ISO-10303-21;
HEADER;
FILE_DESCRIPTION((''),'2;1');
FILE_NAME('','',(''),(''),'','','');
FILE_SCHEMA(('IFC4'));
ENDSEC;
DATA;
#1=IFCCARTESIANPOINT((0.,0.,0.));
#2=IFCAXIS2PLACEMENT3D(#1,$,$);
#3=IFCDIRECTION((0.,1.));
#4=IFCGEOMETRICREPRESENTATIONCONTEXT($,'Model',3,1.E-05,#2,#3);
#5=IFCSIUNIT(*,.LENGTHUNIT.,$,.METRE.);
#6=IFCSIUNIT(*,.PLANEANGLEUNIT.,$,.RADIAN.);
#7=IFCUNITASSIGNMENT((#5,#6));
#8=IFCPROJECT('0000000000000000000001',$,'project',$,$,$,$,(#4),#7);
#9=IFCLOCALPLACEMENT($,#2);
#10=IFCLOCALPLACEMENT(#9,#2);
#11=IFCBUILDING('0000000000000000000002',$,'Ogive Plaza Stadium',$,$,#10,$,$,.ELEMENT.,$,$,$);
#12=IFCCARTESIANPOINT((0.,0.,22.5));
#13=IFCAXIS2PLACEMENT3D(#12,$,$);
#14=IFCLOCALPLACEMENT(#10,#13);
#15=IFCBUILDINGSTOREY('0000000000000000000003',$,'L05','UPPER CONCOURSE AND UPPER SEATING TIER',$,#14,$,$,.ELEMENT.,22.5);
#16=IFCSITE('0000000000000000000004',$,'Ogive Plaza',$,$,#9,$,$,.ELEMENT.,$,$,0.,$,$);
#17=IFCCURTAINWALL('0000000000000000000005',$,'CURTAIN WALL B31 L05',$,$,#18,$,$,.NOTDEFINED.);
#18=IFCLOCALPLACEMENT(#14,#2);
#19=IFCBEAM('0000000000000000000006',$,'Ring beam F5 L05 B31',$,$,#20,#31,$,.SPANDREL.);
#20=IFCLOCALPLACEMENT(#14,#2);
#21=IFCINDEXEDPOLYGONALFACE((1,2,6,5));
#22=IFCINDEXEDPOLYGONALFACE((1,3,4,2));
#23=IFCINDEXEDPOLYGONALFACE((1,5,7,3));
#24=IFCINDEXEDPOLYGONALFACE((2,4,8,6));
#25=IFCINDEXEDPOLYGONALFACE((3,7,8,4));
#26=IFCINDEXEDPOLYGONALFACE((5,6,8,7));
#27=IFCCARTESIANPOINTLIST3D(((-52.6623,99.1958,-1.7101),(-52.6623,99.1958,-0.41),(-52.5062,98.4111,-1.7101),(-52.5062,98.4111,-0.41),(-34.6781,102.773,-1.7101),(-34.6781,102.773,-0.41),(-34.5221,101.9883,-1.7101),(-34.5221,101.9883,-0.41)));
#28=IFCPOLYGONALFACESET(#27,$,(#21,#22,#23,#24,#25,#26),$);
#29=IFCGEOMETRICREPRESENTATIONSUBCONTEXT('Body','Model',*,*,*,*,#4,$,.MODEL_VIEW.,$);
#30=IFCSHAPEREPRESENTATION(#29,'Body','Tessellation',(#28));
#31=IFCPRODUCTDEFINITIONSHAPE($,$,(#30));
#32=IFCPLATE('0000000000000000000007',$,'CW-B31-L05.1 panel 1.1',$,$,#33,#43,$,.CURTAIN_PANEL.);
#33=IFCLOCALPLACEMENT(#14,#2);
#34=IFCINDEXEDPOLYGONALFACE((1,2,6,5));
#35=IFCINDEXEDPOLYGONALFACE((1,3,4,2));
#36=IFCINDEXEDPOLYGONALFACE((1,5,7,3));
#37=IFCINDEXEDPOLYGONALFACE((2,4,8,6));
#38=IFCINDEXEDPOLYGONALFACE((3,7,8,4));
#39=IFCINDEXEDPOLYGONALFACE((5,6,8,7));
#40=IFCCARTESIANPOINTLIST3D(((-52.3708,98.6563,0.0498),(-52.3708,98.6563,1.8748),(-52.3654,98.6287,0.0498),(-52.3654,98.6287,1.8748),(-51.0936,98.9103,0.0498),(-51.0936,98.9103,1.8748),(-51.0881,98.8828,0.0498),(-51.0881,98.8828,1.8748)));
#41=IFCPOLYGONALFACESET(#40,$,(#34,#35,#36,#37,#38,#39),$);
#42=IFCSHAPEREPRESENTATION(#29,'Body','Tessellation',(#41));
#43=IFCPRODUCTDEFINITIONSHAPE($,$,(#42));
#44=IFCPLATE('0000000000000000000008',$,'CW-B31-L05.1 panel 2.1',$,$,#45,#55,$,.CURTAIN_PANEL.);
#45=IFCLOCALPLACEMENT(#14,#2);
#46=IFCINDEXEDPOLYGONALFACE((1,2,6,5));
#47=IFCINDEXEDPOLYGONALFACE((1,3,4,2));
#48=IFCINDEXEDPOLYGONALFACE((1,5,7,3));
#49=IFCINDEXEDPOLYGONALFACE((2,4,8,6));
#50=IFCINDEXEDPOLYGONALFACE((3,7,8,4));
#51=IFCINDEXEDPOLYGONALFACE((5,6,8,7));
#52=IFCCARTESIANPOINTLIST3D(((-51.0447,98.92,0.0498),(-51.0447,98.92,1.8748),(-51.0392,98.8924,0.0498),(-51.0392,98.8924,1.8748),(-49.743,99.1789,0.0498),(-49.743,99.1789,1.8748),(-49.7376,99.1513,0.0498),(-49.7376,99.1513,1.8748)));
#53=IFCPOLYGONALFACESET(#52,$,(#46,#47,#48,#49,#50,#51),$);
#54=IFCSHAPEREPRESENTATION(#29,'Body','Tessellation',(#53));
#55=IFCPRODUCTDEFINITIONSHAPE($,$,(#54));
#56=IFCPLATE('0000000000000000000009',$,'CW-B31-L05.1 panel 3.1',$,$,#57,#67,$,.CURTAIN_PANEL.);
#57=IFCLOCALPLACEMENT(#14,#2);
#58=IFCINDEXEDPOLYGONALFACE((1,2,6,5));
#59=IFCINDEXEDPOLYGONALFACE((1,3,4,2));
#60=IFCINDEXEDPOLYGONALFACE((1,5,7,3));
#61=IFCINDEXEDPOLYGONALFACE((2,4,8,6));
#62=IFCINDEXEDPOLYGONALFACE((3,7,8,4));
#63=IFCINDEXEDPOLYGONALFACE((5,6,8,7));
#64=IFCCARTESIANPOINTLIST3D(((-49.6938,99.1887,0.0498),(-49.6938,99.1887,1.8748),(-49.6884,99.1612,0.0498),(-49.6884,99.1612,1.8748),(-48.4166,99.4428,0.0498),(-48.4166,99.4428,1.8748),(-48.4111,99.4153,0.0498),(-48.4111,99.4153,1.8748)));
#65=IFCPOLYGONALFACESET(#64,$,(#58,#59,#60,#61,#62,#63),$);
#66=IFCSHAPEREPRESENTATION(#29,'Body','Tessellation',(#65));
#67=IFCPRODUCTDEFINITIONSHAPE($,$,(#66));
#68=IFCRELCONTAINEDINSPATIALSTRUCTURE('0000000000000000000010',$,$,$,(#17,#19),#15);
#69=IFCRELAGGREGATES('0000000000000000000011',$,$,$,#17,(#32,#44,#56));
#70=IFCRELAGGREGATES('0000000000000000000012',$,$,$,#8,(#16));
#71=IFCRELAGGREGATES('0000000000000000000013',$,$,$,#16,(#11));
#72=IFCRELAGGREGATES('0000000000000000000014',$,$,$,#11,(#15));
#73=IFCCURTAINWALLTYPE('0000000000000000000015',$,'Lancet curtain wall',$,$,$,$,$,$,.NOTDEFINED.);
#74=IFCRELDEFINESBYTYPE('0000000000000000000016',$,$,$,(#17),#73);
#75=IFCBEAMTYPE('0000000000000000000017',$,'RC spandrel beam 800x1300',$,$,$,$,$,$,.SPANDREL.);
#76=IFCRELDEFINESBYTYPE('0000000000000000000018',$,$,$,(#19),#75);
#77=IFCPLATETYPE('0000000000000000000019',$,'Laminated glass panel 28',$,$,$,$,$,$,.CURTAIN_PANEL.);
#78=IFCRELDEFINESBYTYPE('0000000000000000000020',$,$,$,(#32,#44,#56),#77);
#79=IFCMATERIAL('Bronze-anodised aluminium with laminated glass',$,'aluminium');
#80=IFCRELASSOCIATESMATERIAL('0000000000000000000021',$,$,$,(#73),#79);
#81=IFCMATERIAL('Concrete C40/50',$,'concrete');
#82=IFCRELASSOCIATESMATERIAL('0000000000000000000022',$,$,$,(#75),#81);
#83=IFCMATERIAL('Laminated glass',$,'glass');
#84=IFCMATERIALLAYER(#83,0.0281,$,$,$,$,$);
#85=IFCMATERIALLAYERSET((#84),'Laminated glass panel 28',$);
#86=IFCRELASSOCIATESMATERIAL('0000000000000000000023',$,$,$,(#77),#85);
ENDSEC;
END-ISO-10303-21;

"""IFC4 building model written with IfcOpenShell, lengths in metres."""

from ifc_helpers import new_model, si_unit, direction, frame, origin, origin_2d, place, context, subcontext, project, spatial, rectangle, extrude, material, layer, layer_set, material_profile, profile_set, type_object, element, aggregate, save


model = new_model("IFC4")

# Units and contexts
model_context = context("Model", 3, precision=1e-05, world=origin(), true_north=direction((0.0, 1.0)))
body_context = subcontext(model_context, "Body", "Model", "MODEL_VIEW")
ifc_project = project(units=[si_unit("LENGTHUNIT", "METRE"), si_unit("PLANEANGLEUNIT", "RADIAN")], contexts=[model_context])

# Site, building, storey
site_placement = place(None, origin())
site = spatial("IfcSite", under=ifc_project, at=site_placement, Name="Ogive Plaza", CompositionType="ELEMENT", RefElevation=0.0)
building_placement = place(site_placement, origin())
building = spatial("IfcBuilding", under=site, at=building_placement, Name="Ogive Plaza Stadium", CompositionType="ELEMENT")
storey_placement = place(building_placement, frame((0.0, 0.0, 22.5)))
storey = spatial("IfcBuildingStorey", under=building, at=storey_placement, Name="L05", Description="UPPER CONCOURSE AND UPPER SEATING TIER", CompositionType="ELEMENT", Elevation=22.5)

# Curtain wall
ifc_material_1 = material(Name="Bronze-anodised aluminium with laminated glass", Category="aluminium")
curtain_wall_type = type_object("IfcCurtainWallType", Name="Lancet curtain wall", PredefinedType="NOTDEFINED", material=ifc_material_1)
curtain_wall_1_placement = place(storey_placement, origin())
curtain_wall_1 = element("IfcCurtainWall", 1, at=curtain_wall_1_placement, inside=storey, type_object=curtain_wall_type, Name="CURTAIN WALL B31 L05", PredefinedType="NOTDEFINED")

# Beam
ifc_material_2 = material(Name="Concrete C40/50", Category="concrete")
ifc_material_profile_1 = material_profile(ifc_material_2, rectangle(XDim=0.8, YDim=1.3, at=origin_2d()), Name="RC 800x1300")
ifc_profile_set_1 = profile_set([ifc_material_profile_1], Name="Concrete C40/50")
beam_type = type_object("IfcBeamType", Name="RC spandrel beam 800x1300", PredefinedType="SPANDREL", material=ifc_profile_set_1)
beam_placement = place(storey_placement, frame((-52.5842, 98.8035, -1.0601), z_axis=(0.980787, 0.195084, 0.0), x_axis=(-0.195084, 0.980787, 0.0)))
element("IfcBeam", 2, at=beam_placement, inside=storey, type_object=beam_type, Name="Ring beam F5 L05 B31", PredefinedType="SPANDREL", context=body_context, shape_type="SweptSolid", body=[
    extrude(rectangle(XDim=0.8, YDim=1.3, at=origin_2d()), origin(), (0.0, 0.0, 1.0), 18.3364),
])

# Plates
ifc_material_3 = material(Name="Laminated glass", Category="glass")
ifc_layer = layer(ifc_material_3, 0.0281)
ifc_layer_set = layer_set([ifc_layer], Name="Laminated glass panel 28")
plate_type = type_object("IfcPlateType", Name="Laminated glass panel 28", PredefinedType="CURTAIN_PANEL", material=ifc_layer_set)
plate_1_placement = place(storey_placement, frame((-51.7295, 98.7695, 0.0498), z_axis=(0.0, 0.0, 1.0), x_axis=(0.980785, 0.19509, 0.0)))
plate_1 = element("IfcPlate", 3, at=plate_1_placement, type_object=plate_type, Name="CW-B31-L05.1 panel 1.1", PredefinedType="CURTAIN_PANEL", context=body_context, shape_type="SweptSolid", body=[
    extrude(rectangle(XDim=1.3022, YDim=0.0281, at=origin_2d()), origin(), (0.0, 0.0, 1.0), 1.825),
])
plate_2_placement = place(storey_placement, frame((-50.3911, 99.0356, 0.0498), z_axis=(0.0, 0.0, 1.0), x_axis=(0.980785, 0.19509, 0.0)))
plate_2 = element("IfcPlate", 4, at=plate_2_placement, type_object=plate_type, Name="CW-B31-L05.1 panel 2.1", PredefinedType="CURTAIN_PANEL", context=body_context, shape_type="SweptSolid", body=[
    extrude(rectangle(XDim=1.3271, YDim=0.0281, at=origin_2d()), origin(), (0.0, 0.0, 1.0), 1.825),
])
plate_3_placement = place(storey_placement, frame((-49.0525, 99.302, 0.0498), z_axis=(0.0, 0.0, 1.0), x_axis=(0.980785, 0.19509, 0.0)))
plate_3 = element("IfcPlate", 5, at=plate_3_placement, type_object=plate_type, Name="CW-B31-L05.1 panel 3.1", PredefinedType="CURTAIN_PANEL", context=body_context, shape_type="SweptSolid", body=[
    extrude(rectangle(XDim=1.3022, YDim=0.0281, at=origin_2d()), origin(), (0.0, 0.0, 1.0), 1.825),
])
aggregate(curtain_wall_1, [plate_1, plate_2, plate_3])

save(model, "model.ifc")
